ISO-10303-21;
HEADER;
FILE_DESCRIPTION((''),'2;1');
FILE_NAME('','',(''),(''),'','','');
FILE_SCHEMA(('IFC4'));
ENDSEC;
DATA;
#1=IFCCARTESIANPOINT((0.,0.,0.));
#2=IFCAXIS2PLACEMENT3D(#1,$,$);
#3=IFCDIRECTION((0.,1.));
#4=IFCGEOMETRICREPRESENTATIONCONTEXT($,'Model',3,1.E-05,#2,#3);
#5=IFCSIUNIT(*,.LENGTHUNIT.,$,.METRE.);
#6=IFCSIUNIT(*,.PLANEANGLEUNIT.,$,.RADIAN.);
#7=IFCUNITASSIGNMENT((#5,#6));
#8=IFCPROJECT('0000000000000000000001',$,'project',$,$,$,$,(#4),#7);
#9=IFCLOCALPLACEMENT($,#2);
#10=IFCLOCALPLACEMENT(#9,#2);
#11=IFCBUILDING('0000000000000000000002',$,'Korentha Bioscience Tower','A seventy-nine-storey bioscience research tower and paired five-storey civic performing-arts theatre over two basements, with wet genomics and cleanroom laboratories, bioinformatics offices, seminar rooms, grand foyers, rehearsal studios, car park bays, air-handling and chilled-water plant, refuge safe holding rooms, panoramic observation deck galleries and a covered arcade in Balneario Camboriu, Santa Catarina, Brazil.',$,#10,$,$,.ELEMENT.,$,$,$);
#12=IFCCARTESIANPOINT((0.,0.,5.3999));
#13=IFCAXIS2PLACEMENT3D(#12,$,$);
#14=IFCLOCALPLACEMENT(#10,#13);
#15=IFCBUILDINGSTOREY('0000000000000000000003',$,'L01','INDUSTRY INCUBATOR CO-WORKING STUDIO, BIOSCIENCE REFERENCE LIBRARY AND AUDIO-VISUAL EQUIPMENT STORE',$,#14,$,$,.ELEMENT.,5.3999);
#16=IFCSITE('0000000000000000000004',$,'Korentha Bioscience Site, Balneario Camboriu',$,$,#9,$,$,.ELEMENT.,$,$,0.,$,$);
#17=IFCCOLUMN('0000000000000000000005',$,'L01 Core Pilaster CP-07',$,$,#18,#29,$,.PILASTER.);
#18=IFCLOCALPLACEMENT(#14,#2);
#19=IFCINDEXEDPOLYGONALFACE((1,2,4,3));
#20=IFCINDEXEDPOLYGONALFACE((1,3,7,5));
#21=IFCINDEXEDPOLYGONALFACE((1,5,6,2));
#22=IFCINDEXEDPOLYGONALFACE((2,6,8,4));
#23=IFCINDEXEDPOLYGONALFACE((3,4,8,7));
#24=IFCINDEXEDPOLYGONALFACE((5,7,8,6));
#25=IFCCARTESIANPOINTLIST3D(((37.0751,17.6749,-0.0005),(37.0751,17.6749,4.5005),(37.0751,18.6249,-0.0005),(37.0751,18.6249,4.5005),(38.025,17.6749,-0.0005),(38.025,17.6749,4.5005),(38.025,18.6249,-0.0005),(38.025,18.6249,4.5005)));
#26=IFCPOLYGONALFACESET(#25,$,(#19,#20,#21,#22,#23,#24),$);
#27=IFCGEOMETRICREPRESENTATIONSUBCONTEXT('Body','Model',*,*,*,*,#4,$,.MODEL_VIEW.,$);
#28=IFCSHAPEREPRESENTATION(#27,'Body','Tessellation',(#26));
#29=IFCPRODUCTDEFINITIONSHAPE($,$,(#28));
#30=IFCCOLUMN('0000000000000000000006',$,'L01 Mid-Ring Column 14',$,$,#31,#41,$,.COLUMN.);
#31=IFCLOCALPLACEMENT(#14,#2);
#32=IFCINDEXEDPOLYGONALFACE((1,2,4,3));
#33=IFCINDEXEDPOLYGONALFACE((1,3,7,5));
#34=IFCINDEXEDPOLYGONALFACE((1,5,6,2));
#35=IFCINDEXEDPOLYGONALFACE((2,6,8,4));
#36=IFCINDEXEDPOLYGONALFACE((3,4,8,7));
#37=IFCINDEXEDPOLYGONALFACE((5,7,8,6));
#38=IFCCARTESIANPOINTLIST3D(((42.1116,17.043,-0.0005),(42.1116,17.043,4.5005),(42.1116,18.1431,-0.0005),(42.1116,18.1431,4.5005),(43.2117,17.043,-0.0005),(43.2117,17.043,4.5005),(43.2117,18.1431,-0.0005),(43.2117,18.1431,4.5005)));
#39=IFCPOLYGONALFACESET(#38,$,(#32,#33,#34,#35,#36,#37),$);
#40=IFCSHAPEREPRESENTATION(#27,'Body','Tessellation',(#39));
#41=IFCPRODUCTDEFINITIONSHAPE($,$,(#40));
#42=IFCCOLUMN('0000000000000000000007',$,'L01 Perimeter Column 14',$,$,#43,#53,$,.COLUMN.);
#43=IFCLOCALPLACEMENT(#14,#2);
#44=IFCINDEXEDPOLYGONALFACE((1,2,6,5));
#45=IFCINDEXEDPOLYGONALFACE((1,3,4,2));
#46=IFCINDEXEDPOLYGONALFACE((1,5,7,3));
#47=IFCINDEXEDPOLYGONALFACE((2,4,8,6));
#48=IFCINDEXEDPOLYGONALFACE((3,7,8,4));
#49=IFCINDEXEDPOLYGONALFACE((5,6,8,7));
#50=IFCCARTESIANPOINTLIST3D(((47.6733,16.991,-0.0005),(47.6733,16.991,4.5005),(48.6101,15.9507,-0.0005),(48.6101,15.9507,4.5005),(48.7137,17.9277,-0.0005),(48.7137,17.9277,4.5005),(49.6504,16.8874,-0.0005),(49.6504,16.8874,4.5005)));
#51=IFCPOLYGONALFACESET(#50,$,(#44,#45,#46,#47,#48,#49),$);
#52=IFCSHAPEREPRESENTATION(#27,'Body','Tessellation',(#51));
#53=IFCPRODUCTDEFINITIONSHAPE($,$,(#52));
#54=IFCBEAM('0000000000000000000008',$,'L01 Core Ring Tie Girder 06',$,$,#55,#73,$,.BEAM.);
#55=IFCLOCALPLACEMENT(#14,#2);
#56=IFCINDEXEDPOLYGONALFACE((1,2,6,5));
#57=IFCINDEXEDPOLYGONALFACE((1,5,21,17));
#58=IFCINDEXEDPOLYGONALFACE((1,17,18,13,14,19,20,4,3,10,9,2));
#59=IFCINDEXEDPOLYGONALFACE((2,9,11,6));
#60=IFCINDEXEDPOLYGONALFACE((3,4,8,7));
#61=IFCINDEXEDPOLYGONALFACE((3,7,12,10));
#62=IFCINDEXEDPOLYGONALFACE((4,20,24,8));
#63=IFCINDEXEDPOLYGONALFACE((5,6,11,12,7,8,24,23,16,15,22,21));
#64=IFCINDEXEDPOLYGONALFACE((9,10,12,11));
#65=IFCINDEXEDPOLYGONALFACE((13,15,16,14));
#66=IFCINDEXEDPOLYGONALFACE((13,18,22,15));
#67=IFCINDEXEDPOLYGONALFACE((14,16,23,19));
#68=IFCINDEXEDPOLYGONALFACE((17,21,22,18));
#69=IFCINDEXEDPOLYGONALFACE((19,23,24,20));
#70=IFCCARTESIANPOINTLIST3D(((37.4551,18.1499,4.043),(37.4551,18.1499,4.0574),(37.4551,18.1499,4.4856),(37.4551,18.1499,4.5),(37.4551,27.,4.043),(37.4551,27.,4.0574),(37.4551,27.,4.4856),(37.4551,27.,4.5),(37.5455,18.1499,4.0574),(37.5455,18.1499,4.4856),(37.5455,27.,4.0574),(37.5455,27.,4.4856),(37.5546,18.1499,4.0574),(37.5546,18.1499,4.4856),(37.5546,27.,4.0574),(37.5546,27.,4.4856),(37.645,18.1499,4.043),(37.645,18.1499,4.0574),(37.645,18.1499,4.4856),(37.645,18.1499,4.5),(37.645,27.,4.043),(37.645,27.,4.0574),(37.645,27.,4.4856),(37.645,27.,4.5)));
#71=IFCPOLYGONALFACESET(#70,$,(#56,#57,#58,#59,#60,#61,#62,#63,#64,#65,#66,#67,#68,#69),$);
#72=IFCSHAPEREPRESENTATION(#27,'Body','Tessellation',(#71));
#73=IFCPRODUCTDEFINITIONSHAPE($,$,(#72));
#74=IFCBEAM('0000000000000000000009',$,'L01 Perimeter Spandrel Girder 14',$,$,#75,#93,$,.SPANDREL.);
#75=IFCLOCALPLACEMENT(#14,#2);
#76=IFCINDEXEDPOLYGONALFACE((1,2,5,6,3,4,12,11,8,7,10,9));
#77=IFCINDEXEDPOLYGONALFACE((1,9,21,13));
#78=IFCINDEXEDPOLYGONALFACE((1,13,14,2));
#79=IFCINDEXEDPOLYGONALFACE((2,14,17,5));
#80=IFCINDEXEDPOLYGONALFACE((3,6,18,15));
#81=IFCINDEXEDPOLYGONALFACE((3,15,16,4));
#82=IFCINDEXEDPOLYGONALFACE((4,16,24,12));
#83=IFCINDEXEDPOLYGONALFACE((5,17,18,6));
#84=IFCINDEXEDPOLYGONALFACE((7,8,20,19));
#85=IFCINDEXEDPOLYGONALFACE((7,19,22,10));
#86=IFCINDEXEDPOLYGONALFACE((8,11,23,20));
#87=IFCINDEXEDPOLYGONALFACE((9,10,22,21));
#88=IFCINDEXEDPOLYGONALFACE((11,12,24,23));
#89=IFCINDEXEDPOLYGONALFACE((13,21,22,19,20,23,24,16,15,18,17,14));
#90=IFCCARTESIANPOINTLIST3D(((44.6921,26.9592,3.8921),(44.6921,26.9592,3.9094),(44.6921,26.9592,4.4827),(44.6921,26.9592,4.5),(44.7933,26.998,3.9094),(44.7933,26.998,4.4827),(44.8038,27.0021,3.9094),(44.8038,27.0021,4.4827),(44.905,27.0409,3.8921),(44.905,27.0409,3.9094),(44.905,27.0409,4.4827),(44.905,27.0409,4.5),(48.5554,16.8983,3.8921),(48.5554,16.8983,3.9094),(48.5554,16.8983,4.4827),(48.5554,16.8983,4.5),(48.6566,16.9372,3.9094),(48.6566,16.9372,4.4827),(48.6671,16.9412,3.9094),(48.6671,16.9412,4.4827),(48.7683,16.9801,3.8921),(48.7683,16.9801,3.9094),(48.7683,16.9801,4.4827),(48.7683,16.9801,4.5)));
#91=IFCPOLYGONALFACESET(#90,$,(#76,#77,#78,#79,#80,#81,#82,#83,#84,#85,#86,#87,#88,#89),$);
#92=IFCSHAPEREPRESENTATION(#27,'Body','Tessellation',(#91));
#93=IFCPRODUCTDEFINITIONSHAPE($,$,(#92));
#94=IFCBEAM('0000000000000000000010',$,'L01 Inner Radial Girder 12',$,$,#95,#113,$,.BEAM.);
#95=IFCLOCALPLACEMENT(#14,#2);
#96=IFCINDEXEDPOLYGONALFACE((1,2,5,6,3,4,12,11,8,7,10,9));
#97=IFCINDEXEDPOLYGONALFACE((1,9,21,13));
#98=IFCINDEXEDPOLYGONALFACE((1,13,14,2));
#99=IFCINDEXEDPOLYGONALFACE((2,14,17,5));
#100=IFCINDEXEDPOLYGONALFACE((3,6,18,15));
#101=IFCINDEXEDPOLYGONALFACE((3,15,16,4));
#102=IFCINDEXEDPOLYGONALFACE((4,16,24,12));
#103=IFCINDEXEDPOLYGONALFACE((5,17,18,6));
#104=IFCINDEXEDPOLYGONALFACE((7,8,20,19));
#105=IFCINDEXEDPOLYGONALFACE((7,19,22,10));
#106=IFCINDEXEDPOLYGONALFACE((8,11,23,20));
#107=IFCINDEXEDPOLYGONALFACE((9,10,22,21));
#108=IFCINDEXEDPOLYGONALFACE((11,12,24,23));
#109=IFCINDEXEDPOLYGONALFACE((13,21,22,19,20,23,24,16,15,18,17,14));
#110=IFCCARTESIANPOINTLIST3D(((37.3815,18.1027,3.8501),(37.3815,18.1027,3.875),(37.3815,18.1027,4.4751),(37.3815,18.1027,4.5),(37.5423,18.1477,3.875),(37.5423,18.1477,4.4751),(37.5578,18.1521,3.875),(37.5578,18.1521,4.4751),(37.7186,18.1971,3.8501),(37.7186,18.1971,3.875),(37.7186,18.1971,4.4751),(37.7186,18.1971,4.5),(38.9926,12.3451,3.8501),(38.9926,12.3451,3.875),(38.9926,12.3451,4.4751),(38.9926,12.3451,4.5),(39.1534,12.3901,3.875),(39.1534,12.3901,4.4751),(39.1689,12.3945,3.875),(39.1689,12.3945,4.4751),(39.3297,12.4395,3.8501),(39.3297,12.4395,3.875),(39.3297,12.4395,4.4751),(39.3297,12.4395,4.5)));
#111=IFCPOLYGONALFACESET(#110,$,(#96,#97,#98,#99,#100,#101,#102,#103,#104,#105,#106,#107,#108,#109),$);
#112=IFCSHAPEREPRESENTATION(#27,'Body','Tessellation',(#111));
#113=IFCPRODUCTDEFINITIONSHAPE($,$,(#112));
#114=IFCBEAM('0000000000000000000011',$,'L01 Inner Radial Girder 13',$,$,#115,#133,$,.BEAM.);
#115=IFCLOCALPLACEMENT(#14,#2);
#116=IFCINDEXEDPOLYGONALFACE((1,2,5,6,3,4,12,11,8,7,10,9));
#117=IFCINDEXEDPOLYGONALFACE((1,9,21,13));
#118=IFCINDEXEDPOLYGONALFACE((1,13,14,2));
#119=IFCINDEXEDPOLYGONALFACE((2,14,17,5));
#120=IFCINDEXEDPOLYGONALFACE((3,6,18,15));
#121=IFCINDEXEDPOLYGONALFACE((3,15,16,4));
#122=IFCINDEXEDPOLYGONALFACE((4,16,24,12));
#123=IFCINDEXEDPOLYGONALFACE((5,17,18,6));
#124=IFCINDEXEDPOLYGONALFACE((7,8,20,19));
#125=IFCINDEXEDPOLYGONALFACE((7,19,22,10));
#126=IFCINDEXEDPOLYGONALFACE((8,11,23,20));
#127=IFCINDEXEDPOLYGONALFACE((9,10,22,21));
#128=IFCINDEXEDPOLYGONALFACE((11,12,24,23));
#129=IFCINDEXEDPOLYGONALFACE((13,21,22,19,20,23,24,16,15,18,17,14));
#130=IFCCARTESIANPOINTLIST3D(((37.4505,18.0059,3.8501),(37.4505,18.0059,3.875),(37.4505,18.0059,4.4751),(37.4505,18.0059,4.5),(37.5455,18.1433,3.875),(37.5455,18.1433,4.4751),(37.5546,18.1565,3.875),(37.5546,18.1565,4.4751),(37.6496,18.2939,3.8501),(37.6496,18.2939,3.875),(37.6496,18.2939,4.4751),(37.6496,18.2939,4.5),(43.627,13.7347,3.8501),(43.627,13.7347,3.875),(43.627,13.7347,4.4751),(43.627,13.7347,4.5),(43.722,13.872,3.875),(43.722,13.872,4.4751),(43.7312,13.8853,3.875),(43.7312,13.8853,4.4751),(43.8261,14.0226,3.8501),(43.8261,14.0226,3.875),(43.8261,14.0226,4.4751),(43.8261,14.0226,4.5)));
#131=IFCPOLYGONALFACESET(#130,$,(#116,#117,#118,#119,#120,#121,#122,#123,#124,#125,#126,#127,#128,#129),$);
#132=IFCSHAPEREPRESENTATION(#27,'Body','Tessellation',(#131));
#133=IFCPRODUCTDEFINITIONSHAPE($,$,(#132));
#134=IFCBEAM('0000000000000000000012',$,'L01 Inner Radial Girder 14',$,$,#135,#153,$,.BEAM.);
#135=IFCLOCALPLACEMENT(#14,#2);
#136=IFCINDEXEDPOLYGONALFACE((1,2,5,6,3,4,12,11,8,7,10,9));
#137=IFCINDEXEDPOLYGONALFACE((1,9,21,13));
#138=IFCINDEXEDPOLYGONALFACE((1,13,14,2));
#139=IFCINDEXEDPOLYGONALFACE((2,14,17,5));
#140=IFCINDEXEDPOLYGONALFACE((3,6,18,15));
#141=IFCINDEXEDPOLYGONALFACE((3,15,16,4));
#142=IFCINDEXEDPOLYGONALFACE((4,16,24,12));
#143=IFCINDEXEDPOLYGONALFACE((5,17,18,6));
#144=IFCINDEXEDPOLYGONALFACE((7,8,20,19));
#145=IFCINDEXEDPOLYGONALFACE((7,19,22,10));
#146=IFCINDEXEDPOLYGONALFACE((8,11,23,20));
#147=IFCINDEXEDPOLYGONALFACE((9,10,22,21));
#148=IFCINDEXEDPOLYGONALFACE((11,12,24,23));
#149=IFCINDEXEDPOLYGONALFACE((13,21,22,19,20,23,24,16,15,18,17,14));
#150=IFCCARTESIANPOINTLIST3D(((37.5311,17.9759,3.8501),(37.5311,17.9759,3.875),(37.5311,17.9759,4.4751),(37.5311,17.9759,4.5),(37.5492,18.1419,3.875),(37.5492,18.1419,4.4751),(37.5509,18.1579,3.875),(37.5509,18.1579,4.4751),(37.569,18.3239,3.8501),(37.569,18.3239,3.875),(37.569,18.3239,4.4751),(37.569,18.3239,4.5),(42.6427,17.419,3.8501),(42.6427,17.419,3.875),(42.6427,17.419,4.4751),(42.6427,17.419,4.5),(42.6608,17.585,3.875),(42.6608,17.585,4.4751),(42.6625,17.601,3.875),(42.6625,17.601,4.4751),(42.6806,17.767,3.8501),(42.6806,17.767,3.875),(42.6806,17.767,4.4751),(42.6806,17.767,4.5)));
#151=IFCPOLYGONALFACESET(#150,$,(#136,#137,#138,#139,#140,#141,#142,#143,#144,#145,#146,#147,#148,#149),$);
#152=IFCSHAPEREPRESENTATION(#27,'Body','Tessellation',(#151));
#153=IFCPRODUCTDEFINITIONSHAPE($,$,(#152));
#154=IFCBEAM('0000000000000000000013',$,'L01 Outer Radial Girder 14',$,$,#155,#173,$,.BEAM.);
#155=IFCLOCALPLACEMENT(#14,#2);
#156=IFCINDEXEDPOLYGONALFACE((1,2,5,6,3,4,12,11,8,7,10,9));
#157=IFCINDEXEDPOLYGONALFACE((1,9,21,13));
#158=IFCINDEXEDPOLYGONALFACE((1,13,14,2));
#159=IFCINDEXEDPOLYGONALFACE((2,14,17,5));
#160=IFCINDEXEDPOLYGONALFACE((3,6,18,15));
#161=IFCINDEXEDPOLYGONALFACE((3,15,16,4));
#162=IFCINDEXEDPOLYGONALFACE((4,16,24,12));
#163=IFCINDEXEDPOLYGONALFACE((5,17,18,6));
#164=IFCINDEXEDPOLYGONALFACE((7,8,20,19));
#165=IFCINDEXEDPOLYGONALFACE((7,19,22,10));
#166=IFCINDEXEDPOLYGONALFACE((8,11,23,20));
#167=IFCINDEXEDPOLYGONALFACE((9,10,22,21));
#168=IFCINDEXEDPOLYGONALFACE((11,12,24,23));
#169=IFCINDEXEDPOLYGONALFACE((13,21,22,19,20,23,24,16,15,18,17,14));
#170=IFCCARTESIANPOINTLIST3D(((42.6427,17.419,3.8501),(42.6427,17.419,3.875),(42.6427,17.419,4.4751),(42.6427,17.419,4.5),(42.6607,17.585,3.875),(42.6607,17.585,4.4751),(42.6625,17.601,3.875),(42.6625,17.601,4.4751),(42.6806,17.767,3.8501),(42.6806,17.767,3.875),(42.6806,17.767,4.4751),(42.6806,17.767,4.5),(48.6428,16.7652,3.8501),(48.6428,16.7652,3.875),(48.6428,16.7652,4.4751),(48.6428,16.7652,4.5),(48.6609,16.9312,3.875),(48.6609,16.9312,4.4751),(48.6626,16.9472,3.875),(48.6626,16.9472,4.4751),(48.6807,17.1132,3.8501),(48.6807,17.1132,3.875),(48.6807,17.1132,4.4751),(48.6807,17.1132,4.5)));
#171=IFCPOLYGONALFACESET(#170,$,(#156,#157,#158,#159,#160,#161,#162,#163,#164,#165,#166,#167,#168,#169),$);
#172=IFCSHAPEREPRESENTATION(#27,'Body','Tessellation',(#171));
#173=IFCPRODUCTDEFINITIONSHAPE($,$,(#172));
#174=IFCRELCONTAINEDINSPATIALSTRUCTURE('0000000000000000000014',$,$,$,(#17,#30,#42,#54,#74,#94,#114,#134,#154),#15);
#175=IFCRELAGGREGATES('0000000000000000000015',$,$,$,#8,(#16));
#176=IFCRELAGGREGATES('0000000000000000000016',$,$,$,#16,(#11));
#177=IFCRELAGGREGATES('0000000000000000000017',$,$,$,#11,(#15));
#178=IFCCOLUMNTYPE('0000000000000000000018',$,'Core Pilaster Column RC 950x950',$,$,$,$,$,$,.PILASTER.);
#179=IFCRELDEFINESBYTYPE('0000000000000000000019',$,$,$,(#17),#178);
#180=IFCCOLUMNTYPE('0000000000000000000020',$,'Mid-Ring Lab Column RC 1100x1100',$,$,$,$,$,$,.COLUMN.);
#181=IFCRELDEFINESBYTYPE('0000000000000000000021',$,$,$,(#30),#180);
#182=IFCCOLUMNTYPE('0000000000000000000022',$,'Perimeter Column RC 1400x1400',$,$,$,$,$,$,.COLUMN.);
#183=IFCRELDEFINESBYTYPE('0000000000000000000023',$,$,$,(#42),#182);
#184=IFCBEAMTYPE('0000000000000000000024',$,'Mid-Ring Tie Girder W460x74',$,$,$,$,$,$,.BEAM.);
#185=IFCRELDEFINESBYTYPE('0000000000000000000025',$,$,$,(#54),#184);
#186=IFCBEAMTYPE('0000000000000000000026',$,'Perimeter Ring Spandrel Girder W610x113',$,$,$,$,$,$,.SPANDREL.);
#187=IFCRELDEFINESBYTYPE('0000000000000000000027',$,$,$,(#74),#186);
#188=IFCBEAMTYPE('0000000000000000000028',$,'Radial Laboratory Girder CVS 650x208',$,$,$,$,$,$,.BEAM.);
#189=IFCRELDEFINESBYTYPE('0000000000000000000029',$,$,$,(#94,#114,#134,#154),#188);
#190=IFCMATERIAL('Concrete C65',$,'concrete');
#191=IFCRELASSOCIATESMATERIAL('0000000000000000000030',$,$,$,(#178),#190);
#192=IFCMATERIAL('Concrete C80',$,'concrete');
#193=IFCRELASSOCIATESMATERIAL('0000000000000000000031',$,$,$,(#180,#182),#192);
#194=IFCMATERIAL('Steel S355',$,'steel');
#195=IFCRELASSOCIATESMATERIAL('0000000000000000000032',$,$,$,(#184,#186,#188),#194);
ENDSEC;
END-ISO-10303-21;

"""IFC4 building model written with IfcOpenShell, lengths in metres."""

from ifc_helpers import new_model, si_unit, direction, frame, origin, origin_2d, place, context, subcontext, project, spatial, rectangle, i_section, extrude, material, material_profile, profile_set, type_object, element, save


model = new_model("IFC4")

# Units and contexts
model_context = context("Model", 3, precision=1e-05, world=origin(), true_north=direction((0.0, 1.0)))
body_context = subcontext(model_context, "Body", "Model", "MODEL_VIEW")
ifc_project = project(units=[si_unit("LENGTHUNIT", "METRE"), si_unit("PLANEANGLEUNIT", "RADIAN")], contexts=[model_context])

# Site, building, storey
site_placement = place(None, origin())
site = spatial("IfcSite", under=ifc_project, at=site_placement, Name="Korentha Bioscience Site, Balneario Camboriu", CompositionType="ELEMENT", RefElevation=0.0)
building_placement = place(site_placement, origin())
building = spatial("IfcBuilding", under=site, at=building_placement, Name="Korentha Bioscience Tower", Description="A seventy-nine-storey bioscience research tower and paired five-storey civic performing-arts theatre over two basements, with wet genomics and cleanroom laboratories, bioinformatics offices, seminar rooms, grand foyers, rehearsal studios, car park bays, air-handling and chilled-water plant, refuge safe holding rooms, panoramic observation deck galleries and a covered arcade in Balneario Camboriu, Santa Catarina, Brazil.", CompositionType="ELEMENT")
storey_placement = place(building_placement, frame((0.0, 0.0, 5.3999)))
storey = spatial("IfcBuildingStorey", under=building, at=storey_placement, Name="L01", Description="INDUSTRY INCUBATOR CO-WORKING STUDIO, BIOSCIENCE REFERENCE LIBRARY AND AUDIO-VISUAL EQUIPMENT STORE", CompositionType="ELEMENT", Elevation=5.3999)

# Columns
ifc_material_1 = material(Name="Concrete C65", Category="concrete")
ifc_material_profile_1 = material_profile(ifc_material_1, rectangle(XDim=0.95, YDim=0.95, at=origin_2d()), Name="Concrete C65")
ifc_profile_set_1 = profile_set([ifc_material_profile_1], Name="Concrete C65 (COL-CP09)")
column_type_1 = type_object("IfcColumnType", Name="Core Pilaster Column RC 950x950", PredefinedType="PILASTER", material=ifc_profile_set_1)
column_1_placement = place(storey_placement, frame((37.55, 18.1499, -0.0005), z_axis=(0.0, 0.0, 1.0), x_axis=(1.0, 0.0, 0.0)))
element("IfcColumn", 1, at=column_1_placement, inside=storey, type_object=column_type_1, Name="L01 Core Pilaster CP-07", PredefinedType="PILASTER", context=body_context, shape_type="SweptSolid", body=[
    extrude(rectangle(XDim=0.95, YDim=0.95, at=origin_2d()), origin(), (0.0, 0.0, 1.0), 4.501),
])
ifc_material_2 = material(Name="Concrete C80", Category="concrete")
ifc_material_profile_2 = material_profile(ifc_material_2, rectangle(XDim=1.1001, YDim=1.1001, at=origin_2d()), Name="Concrete C80")
ifc_profile_set_2 = profile_set([ifc_material_profile_2], Name="Concrete C80 (COL-MR11)")
column_type_2 = type_object("IfcColumnType", Name="Mid-Ring Lab Column RC 1100x1100", PredefinedType="COLUMN", material=ifc_profile_set_2)
column_2_placement = place(storey_placement, frame((42.6616, 17.593, -0.0005), z_axis=(0.0, 0.0, 1.0), x_axis=(1.0, 0.0, 0.0)))
element("IfcColumn", 2, at=column_2_placement, inside=storey, type_object=column_type_2, Name="L01 Mid-Ring Column 14", PredefinedType="COLUMN", context=body_context, shape_type="SweptSolid", body=[
    extrude(rectangle(XDim=1.1001, YDim=1.1001, at=origin_2d()), origin(), (0.0, 0.0, 1.0), 4.501),
])
ifc_material_profile_3 = material_profile(ifc_material_2, rectangle(XDim=1.3999, YDim=1.3999, at=origin_2d()), Name="Concrete C80")
ifc_profile_set_3 = profile_set([ifc_material_profile_3], Name="Concrete C80 (COL-P14)")
column_type_3 = type_object("IfcColumnType", Name="Perimeter Column RC 1400x1400", PredefinedType="COLUMN", material=ifc_profile_set_3)
column_3_placement = place(storey_placement, frame((48.6619, 16.9392, -0.0005), z_axis=(0.0, 0.0, 1.0), x_axis=(-0.669131, 0.743145, 0.0)))
element("IfcColumn", 3, at=column_3_placement, inside=storey, type_object=column_type_3, Name="L01 Perimeter Column 14", PredefinedType="COLUMN", context=body_context, shape_type="SweptSolid", body=[
    extrude(rectangle(XDim=1.3999, YDim=1.3999, at=origin_2d()), origin(), (0.0, 0.0, 1.0), 4.501),
])

# Beams
ifc_material_3 = material(Name="Steel S355", Category="steel")
ifc_material_profile_4 = material_profile(ifc_material_3, i_section(OverallWidth=0.1899, OverallDepth=0.457, WebThickness=0.009, FlangeThickness=0.0144, at=origin_2d()), Name="Steel S355")
ifc_profile_set_4 = profile_set([ifc_material_profile_4], Name="Steel S355 (MB-460)")
beam_type_1 = type_object("IfcBeamType", Name="Mid-Ring Tie Girder W460x74", PredefinedType="BEAM", material=ifc_profile_set_4)
beam_1_placement = place(storey_placement, frame((37.55, 18.1499, 4.2715), z_axis=(0.0, 1.0, 0.0), x_axis=(-1.0, 0.0, 0.0)))
element("IfcBeam", 4, at=beam_1_placement, inside=storey, type_object=beam_type_1, Name="L01 Core Ring Tie Girder 06", PredefinedType="BEAM", context=body_context, shape_type="SweptSolid", body=[
    extrude(i_section(OverallWidth=0.1899, OverallDepth=0.457, WebThickness=0.009, FlangeThickness=0.0144, at=origin_2d()), origin(), (0.0, 0.0, 1.0), 8.8501),
])
ifc_material_profile_5 = material_profile(ifc_material_3, i_section(OverallWidth=0.228, OverallDepth=0.6079, WebThickness=0.0112, FlangeThickness=0.0173, at=origin_2d()), Name="Steel S355")
ifc_profile_set_5 = profile_set([ifc_material_profile_5], Name="Steel S355 (SB-610)")
beam_type_2 = type_object("IfcBeamType", Name="Perimeter Ring Spandrel Girder W610x113", PredefinedType="SPANDREL", material=ifc_profile_set_5)
beam_2_placement = place(storey_placement, frame((48.6619, 16.9392, 4.196), z_axis=(-0.358474, 0.93354, 0.0), x_axis=(-0.93354, -0.358474, 0.0)))
element("IfcBeam", 5, at=beam_2_placement, inside=storey, type_object=beam_type_2, Name="L01 Perimeter Spandrel Girder 14", PredefinedType="SPANDREL", context=body_context, shape_type="SweptSolid", body=[
    extrude(i_section(OverallWidth=0.228, OverallDepth=0.6079, WebThickness=0.0112, FlangeThickness=0.0173, at=origin_2d()), origin(), (0.0, 0.0, 1.0), 10.7771),
])
ifc_material_profile_6 = material_profile(ifc_material_3, i_section(OverallWidth=0.3501, OverallDepth=0.6499, WebThickness=0.0161, FlangeThickness=0.0249, at=origin_2d()), Name="Steel S355")
ifc_profile_set_6 = profile_set([ifc_material_profile_6], Name="Steel S355 (RB-650)")
beam_type_3 = type_object("IfcBeamType", Name="Radial Laboratory Girder CVS 650x208", PredefinedType="BEAM", material=ifc_profile_set_6)
beam_3_placement = place(storey_placement, frame((37.55, 18.1499, 4.175), z_axis=(0.269469, -0.963009, 0.0), x_axis=(0.963009, 0.269469, 0.0)))
element("IfcBeam", 6, at=beam_3_placement, inside=storey, type_object=beam_type_3, Name="L01 Inner Radial Girder 12", PredefinedType="BEAM", context=body_context, shape_type="SweptSolid", body=[
    extrude(i_section(OverallWidth=0.3501, OverallDepth=0.6499, WebThickness=0.0161, FlangeThickness=0.0249, at=origin_2d()), origin(), (0.0, 0.0, 1.0), 5.9788),
])
beam_4_placement = place(storey_placement, frame((37.55, 18.1499, 4.175), z_axis=(0.822492, -0.568777, 0.0), x_axis=(0.568777, 0.822492, 0.0)))
element("IfcBeam", 7, at=beam_4_placement, inside=storey, type_object=beam_type_3, Name="L01 Inner Radial Girder 13", PredefinedType="BEAM", context=body_context, shape_type="SweptSolid", body=[
    extrude(i_section(OverallWidth=0.3501, OverallDepth=0.6499, WebThickness=0.0161, FlangeThickness=0.0249, at=origin_2d()), origin(), (0.0, 0.0, 1.0), 7.5095),
])
beam_5_placement = place(storey_placement, frame((37.55, 18.1499, 4.175), z_axis=(0.994118, -0.108305, 0.0), x_axis=(0.108305, 0.994118, 0.0)))
element("IfcBeam", 8, at=beam_5_placement, inside=storey, type_object=beam_type_3, Name="L01 Inner Radial Girder 14", PredefinedType="BEAM", context=body_context, shape_type="SweptSolid", body=[
    extrude(i_section(OverallWidth=0.3501, OverallDepth=0.6499, WebThickness=0.0161, FlangeThickness=0.0249, at=origin_2d()), origin(), (0.0, 0.0, 1.0), 5.1418),
])
beam_6_placement = place(storey_placement, frame((42.6616, 17.593, 4.175), z_axis=(0.994116, -0.108323, 0.0), x_axis=(0.108323, 0.994116, 0.0)))
element("IfcBeam", 9, at=beam_6_placement, inside=storey, type_object=beam_type_3, Name="L01 Outer Radial Girder 14", PredefinedType="BEAM", context=body_context, shape_type="SweptSolid", body=[
    extrude(i_section(OverallWidth=0.3501, OverallDepth=0.6499, WebThickness=0.0161, FlangeThickness=0.0249, at=origin_2d()), origin(), (0.0, 0.0, 1.0), 6.0356),
])

save(model, "model.ifc")
